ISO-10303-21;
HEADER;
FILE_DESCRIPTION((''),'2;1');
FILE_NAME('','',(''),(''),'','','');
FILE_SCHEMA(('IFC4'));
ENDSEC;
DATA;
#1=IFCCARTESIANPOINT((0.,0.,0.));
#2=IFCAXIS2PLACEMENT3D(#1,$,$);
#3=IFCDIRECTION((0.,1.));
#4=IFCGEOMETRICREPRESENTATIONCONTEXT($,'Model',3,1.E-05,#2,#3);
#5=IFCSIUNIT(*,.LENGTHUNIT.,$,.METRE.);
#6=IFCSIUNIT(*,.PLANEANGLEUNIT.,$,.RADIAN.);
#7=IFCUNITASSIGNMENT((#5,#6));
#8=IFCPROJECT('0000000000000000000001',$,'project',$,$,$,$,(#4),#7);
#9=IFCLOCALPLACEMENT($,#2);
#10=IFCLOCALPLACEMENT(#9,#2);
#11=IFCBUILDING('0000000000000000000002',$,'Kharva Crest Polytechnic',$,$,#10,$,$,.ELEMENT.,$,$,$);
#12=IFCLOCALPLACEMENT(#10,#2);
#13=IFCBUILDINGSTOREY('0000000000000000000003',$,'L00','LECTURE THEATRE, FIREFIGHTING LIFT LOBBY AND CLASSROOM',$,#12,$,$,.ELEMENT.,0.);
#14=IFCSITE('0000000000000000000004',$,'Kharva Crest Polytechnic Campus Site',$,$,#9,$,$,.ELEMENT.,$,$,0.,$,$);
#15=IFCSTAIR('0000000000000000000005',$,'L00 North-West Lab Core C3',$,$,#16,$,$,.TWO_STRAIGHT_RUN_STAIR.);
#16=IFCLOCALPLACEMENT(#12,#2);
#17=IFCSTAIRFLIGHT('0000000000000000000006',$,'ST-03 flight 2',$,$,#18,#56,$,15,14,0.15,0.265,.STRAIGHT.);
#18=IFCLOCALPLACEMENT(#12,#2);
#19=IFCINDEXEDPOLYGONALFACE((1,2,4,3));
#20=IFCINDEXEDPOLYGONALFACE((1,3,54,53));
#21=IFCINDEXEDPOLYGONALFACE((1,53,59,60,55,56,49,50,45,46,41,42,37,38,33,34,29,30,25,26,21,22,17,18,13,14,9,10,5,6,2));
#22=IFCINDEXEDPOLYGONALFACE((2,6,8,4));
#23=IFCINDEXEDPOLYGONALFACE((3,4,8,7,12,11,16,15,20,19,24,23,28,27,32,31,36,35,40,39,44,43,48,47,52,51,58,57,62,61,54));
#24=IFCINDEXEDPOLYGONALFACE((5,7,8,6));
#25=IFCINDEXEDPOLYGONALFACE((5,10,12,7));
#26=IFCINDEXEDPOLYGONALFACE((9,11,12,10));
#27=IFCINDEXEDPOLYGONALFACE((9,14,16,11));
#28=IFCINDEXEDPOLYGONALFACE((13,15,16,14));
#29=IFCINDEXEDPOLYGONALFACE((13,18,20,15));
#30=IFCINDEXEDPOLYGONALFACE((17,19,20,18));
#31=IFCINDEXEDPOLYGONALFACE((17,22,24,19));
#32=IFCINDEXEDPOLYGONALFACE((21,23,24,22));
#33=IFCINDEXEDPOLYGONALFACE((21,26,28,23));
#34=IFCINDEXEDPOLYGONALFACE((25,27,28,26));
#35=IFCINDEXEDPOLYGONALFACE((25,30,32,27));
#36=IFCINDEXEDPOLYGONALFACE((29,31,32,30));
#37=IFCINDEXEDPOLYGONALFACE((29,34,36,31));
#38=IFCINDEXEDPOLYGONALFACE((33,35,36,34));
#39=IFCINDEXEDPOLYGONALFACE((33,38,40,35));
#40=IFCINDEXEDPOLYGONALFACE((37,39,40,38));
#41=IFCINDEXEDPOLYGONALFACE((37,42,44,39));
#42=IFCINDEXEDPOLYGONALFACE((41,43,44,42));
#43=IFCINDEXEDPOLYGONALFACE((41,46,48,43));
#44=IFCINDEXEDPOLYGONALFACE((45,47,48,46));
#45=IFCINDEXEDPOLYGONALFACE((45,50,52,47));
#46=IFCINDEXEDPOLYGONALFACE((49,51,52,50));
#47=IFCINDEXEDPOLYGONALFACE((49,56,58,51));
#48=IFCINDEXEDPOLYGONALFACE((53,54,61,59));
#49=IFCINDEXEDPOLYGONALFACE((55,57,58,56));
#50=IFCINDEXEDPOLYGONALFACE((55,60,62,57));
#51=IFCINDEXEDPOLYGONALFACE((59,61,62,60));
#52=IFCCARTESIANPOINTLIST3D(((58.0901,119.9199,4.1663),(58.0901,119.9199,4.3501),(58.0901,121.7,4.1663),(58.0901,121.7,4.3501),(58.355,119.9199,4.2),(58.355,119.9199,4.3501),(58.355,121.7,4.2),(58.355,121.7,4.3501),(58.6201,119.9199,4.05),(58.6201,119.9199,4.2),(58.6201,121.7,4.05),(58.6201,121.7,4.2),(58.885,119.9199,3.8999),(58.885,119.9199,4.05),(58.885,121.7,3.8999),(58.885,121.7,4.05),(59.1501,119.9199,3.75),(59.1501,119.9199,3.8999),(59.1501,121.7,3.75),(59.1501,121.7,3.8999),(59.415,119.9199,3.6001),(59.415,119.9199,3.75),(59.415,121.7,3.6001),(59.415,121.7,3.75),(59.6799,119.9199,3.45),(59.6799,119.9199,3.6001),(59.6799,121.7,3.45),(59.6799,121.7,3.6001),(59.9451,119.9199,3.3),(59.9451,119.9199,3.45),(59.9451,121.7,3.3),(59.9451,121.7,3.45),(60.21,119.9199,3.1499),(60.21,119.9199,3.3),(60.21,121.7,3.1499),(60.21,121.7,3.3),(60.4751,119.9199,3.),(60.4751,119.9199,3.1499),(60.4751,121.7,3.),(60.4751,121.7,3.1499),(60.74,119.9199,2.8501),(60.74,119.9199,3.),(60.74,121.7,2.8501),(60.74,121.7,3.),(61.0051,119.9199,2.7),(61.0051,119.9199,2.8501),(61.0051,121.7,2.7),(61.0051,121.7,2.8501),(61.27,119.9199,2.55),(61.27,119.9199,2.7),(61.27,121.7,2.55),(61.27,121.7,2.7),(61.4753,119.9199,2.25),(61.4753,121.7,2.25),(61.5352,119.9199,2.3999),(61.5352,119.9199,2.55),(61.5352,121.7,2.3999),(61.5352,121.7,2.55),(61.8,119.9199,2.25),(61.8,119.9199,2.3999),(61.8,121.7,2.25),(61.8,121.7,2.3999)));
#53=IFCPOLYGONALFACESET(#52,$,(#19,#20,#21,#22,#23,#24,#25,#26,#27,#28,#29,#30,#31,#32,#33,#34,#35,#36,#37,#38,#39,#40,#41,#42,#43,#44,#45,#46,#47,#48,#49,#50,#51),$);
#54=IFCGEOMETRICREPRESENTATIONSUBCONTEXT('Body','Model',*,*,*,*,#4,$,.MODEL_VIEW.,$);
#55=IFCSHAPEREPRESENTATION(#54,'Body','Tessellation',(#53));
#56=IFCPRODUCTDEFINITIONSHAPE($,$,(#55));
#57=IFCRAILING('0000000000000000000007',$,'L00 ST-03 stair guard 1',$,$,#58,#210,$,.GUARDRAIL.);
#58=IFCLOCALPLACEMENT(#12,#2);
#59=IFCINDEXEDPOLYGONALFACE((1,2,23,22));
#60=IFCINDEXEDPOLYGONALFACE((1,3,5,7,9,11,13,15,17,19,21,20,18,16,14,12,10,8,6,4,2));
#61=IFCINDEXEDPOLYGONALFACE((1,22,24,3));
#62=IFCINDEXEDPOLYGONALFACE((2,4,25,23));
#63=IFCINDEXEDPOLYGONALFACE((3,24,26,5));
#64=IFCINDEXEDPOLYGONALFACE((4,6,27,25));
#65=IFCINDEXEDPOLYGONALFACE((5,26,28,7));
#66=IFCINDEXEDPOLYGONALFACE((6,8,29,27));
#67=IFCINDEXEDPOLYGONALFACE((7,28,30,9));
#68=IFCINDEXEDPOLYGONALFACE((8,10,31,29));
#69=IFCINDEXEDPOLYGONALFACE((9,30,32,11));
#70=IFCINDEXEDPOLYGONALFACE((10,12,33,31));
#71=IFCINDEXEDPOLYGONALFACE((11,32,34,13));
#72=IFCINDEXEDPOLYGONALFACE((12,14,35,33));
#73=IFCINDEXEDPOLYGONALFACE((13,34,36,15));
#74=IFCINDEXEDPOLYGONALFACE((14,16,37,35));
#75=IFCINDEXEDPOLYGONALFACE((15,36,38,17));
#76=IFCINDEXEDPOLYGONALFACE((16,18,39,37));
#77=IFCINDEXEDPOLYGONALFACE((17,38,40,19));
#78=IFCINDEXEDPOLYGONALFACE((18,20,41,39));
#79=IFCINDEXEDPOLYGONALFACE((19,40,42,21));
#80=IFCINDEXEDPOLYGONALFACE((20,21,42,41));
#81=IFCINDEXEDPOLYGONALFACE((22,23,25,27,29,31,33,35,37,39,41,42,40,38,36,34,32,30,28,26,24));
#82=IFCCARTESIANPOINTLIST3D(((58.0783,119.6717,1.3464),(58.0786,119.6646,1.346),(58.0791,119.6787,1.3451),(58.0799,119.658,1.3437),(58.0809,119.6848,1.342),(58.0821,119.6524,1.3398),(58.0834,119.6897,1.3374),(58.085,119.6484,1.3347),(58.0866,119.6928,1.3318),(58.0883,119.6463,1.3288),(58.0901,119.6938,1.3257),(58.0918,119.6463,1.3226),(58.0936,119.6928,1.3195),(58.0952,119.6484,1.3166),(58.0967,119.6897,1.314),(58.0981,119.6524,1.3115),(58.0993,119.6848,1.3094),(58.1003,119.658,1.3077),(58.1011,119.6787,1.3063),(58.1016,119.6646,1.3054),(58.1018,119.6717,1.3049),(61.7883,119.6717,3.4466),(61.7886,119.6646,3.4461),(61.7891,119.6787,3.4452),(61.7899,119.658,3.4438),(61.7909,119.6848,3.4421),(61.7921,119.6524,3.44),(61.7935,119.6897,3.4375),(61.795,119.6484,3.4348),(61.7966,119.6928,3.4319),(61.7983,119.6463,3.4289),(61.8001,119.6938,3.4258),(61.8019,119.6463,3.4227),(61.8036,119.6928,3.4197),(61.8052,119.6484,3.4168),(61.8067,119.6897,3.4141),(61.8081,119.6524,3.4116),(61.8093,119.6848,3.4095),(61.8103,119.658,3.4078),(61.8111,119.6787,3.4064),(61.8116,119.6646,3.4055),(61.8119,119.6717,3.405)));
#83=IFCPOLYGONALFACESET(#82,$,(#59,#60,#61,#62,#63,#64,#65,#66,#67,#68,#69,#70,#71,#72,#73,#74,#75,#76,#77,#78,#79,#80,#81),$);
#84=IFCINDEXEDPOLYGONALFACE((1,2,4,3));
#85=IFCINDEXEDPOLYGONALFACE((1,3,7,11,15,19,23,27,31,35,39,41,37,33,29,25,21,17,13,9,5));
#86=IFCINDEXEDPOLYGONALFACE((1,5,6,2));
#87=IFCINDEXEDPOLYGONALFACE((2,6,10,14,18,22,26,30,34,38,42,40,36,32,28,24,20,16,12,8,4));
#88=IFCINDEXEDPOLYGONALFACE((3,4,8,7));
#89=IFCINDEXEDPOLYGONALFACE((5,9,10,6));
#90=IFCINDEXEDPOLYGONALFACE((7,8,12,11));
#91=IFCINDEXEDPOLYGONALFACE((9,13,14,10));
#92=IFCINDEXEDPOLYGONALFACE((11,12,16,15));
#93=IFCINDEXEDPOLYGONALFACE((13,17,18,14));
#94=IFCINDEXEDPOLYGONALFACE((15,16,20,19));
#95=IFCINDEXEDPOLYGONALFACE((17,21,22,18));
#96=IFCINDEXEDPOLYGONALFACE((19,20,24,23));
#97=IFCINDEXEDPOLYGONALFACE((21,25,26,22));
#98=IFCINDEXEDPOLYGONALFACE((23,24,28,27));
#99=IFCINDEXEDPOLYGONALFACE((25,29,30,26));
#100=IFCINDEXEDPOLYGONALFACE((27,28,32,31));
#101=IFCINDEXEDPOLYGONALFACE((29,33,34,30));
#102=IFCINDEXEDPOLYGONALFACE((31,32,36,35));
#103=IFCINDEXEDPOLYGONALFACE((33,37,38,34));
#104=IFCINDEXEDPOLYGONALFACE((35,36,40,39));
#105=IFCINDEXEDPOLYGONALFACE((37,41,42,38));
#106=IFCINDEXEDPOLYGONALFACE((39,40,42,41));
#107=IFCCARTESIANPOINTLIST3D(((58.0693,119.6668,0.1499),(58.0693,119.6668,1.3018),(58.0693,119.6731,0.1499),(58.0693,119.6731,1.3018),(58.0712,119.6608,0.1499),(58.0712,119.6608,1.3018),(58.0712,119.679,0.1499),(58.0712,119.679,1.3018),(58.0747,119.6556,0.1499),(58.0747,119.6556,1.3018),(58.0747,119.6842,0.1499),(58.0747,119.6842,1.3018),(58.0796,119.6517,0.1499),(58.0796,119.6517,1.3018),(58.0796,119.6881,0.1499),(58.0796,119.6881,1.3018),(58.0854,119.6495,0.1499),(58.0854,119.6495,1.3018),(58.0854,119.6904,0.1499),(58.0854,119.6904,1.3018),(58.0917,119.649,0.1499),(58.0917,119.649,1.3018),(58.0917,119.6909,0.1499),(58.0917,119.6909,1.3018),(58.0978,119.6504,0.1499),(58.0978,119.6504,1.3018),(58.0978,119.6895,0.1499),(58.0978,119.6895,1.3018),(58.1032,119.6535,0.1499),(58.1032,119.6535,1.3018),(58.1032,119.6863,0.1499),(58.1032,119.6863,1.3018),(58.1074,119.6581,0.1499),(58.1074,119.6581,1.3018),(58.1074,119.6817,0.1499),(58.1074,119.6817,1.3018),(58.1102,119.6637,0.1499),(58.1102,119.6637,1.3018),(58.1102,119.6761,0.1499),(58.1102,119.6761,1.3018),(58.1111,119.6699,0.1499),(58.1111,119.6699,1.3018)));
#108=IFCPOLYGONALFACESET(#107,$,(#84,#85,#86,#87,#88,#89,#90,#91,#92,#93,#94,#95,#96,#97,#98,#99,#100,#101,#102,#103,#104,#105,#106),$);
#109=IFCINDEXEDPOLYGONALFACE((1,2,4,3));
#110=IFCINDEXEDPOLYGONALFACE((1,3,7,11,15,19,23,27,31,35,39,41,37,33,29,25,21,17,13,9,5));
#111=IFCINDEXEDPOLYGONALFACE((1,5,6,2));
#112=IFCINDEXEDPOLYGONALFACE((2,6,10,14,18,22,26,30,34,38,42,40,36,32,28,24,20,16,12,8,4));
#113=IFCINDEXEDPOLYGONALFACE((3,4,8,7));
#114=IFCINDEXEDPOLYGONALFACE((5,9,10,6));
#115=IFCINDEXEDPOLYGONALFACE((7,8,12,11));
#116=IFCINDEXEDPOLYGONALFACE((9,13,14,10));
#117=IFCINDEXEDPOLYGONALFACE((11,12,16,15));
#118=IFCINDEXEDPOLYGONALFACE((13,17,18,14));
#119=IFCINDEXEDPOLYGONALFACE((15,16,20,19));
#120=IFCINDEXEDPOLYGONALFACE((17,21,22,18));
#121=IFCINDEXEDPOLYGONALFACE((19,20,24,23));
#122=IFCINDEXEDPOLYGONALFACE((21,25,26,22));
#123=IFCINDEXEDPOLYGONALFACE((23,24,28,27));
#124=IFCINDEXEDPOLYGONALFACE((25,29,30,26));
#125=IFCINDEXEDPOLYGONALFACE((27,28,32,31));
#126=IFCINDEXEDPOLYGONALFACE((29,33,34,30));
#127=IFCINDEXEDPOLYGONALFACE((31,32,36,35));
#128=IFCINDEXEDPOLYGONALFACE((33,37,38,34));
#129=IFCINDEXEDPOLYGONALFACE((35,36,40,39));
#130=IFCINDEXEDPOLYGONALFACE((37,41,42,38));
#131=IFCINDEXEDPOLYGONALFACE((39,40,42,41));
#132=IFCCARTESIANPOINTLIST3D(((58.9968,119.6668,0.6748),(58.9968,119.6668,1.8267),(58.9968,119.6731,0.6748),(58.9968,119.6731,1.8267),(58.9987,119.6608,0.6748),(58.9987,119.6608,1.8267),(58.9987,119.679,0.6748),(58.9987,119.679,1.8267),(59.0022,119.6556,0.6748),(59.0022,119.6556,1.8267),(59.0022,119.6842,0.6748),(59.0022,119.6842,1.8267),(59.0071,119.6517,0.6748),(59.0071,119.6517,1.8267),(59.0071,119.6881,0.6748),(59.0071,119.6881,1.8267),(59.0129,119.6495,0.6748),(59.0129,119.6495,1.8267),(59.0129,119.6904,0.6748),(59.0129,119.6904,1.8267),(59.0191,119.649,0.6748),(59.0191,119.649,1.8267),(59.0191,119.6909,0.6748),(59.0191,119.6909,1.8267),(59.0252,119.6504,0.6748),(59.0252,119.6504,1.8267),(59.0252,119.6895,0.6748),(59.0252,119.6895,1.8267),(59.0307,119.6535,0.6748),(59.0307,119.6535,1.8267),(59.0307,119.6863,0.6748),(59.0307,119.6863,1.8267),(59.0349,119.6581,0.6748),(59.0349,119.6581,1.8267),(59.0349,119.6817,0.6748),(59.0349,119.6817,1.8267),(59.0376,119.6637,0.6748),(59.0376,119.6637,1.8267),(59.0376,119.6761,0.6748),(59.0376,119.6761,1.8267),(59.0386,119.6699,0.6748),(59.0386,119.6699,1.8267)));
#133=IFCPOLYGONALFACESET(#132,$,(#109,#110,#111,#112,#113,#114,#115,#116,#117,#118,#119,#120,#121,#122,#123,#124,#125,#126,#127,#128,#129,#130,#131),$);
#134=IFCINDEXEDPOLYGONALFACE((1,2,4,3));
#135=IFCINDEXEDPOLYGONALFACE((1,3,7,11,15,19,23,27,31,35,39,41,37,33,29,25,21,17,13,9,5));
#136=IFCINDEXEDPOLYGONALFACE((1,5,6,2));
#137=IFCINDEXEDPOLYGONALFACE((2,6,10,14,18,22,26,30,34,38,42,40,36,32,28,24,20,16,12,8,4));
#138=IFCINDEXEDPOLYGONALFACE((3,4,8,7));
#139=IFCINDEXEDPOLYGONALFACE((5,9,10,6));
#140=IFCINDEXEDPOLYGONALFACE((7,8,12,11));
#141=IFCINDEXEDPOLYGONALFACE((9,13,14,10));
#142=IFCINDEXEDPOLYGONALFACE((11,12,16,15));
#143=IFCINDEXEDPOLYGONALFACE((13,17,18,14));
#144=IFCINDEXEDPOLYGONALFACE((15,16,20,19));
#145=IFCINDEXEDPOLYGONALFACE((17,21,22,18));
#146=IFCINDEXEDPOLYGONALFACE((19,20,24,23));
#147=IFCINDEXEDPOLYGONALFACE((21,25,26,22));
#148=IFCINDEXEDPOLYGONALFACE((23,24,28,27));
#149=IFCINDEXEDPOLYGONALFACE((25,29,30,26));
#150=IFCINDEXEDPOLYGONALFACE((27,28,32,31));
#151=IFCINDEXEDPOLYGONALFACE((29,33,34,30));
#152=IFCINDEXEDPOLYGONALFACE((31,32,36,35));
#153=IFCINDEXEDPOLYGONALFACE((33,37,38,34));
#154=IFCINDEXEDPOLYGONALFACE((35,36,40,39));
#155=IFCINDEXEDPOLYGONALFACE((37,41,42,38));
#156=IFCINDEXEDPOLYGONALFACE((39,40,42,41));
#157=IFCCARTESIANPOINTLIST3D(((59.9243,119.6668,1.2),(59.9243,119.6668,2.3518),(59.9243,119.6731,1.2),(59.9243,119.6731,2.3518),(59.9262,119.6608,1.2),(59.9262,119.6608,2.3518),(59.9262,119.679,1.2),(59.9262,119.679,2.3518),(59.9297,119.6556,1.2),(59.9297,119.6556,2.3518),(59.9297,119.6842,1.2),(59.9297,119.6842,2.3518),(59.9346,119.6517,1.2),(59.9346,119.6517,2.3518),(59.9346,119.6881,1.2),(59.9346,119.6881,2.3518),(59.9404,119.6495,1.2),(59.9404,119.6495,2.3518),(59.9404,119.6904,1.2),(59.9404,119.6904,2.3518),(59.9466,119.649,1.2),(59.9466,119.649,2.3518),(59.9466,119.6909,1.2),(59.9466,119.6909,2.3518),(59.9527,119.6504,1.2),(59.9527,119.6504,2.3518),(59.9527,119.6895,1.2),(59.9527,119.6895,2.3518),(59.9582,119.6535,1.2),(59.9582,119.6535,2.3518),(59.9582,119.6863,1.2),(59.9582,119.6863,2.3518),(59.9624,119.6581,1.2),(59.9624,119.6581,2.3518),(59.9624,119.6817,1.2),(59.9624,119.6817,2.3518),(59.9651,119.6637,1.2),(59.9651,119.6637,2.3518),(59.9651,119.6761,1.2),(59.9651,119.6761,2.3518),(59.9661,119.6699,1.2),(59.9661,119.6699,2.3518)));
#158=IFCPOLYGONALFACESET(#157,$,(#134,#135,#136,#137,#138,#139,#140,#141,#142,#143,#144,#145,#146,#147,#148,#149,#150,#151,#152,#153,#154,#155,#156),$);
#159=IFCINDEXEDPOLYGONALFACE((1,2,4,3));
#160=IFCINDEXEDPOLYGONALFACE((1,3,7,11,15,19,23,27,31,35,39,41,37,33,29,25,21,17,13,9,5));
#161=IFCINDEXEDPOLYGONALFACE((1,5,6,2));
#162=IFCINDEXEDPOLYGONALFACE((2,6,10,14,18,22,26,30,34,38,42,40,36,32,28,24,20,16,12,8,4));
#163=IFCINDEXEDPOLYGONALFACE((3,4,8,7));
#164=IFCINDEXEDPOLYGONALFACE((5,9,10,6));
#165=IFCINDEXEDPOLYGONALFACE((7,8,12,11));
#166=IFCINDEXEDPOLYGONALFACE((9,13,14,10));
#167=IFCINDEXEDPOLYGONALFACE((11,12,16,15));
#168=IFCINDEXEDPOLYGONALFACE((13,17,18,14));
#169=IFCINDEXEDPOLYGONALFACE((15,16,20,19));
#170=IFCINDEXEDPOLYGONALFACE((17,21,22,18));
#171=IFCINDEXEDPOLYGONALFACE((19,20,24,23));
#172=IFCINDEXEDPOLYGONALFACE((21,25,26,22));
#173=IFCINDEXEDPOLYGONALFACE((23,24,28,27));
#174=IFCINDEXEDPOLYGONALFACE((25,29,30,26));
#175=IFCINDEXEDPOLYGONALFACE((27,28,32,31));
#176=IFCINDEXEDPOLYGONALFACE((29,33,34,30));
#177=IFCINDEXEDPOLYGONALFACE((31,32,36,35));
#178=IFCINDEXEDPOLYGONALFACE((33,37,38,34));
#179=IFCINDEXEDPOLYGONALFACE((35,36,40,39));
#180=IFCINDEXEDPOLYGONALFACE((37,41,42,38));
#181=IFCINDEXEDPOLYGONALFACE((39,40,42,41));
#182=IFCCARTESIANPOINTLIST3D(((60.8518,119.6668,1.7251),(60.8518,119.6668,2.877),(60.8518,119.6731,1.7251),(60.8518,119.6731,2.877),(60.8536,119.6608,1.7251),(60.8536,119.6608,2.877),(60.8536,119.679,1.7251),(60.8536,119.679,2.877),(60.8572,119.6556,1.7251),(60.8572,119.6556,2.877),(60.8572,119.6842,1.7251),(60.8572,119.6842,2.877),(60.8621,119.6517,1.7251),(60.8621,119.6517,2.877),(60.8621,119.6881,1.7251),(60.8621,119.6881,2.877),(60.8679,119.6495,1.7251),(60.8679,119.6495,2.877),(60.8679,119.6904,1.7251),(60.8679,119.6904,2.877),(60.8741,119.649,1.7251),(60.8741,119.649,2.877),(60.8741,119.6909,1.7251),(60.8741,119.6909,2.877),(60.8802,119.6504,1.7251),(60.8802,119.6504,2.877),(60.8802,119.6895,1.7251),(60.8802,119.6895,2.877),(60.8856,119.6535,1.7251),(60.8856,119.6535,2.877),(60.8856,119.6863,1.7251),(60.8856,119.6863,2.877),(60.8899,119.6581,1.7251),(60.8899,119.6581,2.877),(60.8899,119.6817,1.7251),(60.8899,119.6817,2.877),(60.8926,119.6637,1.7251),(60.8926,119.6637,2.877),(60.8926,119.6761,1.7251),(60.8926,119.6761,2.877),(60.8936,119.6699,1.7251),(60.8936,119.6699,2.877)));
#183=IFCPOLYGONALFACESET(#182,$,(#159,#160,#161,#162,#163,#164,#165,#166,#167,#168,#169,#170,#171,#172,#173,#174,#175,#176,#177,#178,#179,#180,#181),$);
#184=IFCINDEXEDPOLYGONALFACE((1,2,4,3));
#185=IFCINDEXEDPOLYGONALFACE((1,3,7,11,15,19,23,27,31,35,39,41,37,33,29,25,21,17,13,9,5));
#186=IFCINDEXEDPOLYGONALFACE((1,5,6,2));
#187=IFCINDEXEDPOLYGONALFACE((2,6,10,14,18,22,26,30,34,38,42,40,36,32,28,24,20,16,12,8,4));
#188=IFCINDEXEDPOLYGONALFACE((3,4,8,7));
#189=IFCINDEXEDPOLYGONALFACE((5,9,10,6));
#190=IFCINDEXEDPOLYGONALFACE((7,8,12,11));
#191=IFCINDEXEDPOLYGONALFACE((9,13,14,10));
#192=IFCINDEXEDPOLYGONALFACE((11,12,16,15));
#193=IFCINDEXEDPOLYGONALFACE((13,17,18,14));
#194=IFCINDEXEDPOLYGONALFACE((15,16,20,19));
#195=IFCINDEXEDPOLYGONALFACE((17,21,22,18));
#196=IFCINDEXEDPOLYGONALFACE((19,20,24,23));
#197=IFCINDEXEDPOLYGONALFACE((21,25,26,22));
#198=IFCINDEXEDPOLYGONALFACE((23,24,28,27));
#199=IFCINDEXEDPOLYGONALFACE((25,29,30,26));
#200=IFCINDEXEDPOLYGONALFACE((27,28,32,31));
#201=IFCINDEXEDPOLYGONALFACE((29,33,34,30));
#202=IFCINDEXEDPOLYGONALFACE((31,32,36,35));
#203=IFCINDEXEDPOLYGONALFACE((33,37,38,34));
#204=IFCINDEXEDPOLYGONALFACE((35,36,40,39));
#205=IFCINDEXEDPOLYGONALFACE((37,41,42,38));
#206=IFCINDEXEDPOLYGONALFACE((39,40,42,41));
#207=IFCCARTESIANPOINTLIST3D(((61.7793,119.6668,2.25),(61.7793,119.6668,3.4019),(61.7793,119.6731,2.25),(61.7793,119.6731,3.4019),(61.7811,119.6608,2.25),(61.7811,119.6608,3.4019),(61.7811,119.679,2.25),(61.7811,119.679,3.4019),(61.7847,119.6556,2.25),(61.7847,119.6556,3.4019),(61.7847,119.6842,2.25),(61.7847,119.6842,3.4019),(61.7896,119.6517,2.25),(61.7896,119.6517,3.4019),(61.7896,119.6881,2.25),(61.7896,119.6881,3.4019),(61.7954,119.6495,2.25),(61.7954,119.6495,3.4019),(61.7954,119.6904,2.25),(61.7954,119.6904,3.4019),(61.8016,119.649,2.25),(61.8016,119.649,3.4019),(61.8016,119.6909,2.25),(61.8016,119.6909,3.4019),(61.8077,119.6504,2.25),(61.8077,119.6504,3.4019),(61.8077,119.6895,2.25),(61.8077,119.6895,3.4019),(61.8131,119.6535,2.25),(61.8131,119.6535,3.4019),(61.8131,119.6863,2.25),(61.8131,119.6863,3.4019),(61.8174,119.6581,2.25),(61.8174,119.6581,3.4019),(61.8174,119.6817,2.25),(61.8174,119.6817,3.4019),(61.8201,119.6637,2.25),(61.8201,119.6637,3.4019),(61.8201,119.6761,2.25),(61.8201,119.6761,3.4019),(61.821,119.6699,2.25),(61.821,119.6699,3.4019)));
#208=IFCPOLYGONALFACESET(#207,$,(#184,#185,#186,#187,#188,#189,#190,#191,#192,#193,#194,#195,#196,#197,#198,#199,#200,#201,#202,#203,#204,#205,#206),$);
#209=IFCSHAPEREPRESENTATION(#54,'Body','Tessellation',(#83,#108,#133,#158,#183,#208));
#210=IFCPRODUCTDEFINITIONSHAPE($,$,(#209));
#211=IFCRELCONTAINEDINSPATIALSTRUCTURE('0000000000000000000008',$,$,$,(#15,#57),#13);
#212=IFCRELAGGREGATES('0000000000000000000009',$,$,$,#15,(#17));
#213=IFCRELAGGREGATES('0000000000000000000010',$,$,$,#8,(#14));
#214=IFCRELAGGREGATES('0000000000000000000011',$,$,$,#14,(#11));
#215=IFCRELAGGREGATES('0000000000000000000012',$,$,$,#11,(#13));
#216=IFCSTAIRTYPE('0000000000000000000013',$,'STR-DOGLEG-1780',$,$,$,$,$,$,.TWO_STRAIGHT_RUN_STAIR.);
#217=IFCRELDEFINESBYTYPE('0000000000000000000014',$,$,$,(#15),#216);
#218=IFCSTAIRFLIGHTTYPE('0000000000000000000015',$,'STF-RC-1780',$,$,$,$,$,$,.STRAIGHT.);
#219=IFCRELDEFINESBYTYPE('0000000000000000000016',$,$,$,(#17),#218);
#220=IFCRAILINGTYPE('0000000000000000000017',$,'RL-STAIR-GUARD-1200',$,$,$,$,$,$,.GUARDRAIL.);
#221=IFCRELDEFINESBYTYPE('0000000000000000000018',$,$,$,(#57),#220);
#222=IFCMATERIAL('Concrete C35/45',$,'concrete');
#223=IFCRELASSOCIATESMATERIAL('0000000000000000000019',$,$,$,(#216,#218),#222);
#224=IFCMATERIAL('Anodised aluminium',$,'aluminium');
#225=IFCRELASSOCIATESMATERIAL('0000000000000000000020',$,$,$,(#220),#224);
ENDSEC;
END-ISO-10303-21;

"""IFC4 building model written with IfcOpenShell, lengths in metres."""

from ifc_helpers import new_model, si_unit, direction, frame, origin, origin_2d, place, context, subcontext, project, spatial, polyline, circle, outline, extrude, material, type_object, element, aggregate, save


model = new_model("IFC4")

# Units and contexts
model_context = context("Model", 3, precision=1e-05, world=origin(), true_north=direction((0.0, 1.0)))
body_context = subcontext(model_context, "Body", "Model", "MODEL_VIEW")
ifc_project = project(units=[si_unit("LENGTHUNIT", "METRE"), si_unit("PLANEANGLEUNIT", "RADIAN")], contexts=[model_context])

# Site, building, storey
site_placement = place(None, origin())
site = spatial("IfcSite", under=ifc_project, at=site_placement, Name="Kharva Crest Polytechnic Campus Site", CompositionType="ELEMENT", RefElevation=0.0)
building_placement = place(site_placement, origin())
building = spatial("IfcBuilding", under=site, at=building_placement, Name="Kharva Crest Polytechnic", CompositionType="ELEMENT")
storey_placement = place(building_placement, origin())
storey = spatial("IfcBuildingStorey", under=building, at=storey_placement, Name="L00", Description="LECTURE THEATRE, FIREFIGHTING LIFT LOBBY AND CLASSROOM", CompositionType="ELEMENT", Elevation=0.0)

# Shared definitions
ifc_material_1 = material(Name="Concrete C35/45", Category="concrete")

# Stair, stair flight
stair_type = type_object("IfcStairType", Name="STR-DOGLEG-1780", PredefinedType="TWO_STRAIGHT_RUN_STAIR", material=ifc_material_1)
stair_placement = place(storey_placement, origin())
stair = element("IfcStair", 1, at=stair_placement, inside=storey, type_object=stair_type, Name="L00 North-West Lab Core C3", PredefinedType="TWO_STRAIGHT_RUN_STAIR")
stair_flight_type = type_object("IfcStairFlightType", Name="STF-RC-1780", PredefinedType="STRAIGHT", material=ifc_material_1)
stair_flight_1_placement = place(storey_placement, frame((61.8, 120.8101, 2.25), z_axis=(0.0, 0.0, 1.0), x_axis=(-1.0, 0.0, 0.0)))
stair_flight_1 = element("IfcStairFlight", 2, at=stair_flight_1_placement, type_object=stair_flight_type, Name="ST-03 flight 2", NumberOfRisers=15, NumberOfTreads=14, PredefinedType="STRAIGHT", RiserHeight=0.15, TreadLength=0.265, context=body_context, shape_type="SweptSolid", body=[
    extrude(outline(polyline([(0.0, 0.0), (0.0, 0.1499), (0.2649, 0.1499), (0.2649, 0.3), (0.53, 0.3), (0.53, 0.45), (0.7949, 0.45), (0.7949, 0.6001), (1.0601, 0.6001), (1.0601, 0.75), (1.325, 0.75), (1.325, 0.8999), (1.5901, 0.8999), (1.5901, 1.05), (1.855, 1.05), (1.855, 1.2), (2.1201, 1.2), (2.1201, 1.3501), (2.385, 1.3501), (2.385, 1.5), (2.6499, 1.5), (2.6499, 1.6499), (2.915, 1.6499), (2.915, 1.8), (3.1799, 1.8), (3.1799, 1.95), (3.4451, 1.95), (3.4451, 2.1001), (3.71, 2.1001), (3.71, 2.25), (3.71, 1.9163), (0.3247, 0.0), (0.0, 0.0)])), frame((0.0, 0.8901, 0.0), z_axis=(0.0, -1.0, 0.0), x_axis=(1.0, 0.0, 0.0)), (0.0, 0.0, 1.0), 1.78),
])
aggregate(stair, [stair_flight_1])

# Railing
ifc_material_2 = material(Name="Anodised aluminium", Category="aluminium")
railing_type_1 = type_object("IfcRailingType", Name="RL-STAIR-GUARD-1200", PredefinedType="GUARDRAIL", material=ifc_material_2)
railing_1_placement = place(storey_placement, frame((58.0901, 119.6699, 0.1499)))
element("IfcRailing", 3, at=railing_1_placement, inside=storey, type_object=railing_type_1, Name="L00 ST-03 stair guard 1", PredefinedType="GUARDRAIL", context=body_context, shape_type="SweptSolid", body=[
    extrude(circle(Radius=0.0239, at=origin_2d()), frame((0.0, 0.0, 1.1758), z_axis=(0.870245, 0.0, 0.492619), x_axis=(0.0, 1.0, 0.0)), (0.0, 0.0, 1.0), 4.2632),
    extrude(circle(Radius=0.021, at=origin_2d()), origin(), (0.0, 0.0, 1.0), 1.1519),
    extrude(circle(Radius=0.021, at=origin_2d()), frame((0.9275, 0.0, 0.5249)), (0.0, 0.0, 1.0), 1.1519),
    extrude(circle(Radius=0.021, at=origin_2d()), frame((1.855, 0.0, 1.05)), (0.0, 0.0, 1.0), 1.1519),
    extrude(circle(Radius=0.021, at=origin_2d()), frame((2.7825, 0.0, 1.5752)), (0.0, 0.0, 1.0), 1.1519),
    extrude(circle(Radius=0.021, at=origin_2d()), frame((3.71, 0.0, 2.1001)), (0.0, 0.0, 1.0), 1.1519),
])

save(model, "model.ifc")
